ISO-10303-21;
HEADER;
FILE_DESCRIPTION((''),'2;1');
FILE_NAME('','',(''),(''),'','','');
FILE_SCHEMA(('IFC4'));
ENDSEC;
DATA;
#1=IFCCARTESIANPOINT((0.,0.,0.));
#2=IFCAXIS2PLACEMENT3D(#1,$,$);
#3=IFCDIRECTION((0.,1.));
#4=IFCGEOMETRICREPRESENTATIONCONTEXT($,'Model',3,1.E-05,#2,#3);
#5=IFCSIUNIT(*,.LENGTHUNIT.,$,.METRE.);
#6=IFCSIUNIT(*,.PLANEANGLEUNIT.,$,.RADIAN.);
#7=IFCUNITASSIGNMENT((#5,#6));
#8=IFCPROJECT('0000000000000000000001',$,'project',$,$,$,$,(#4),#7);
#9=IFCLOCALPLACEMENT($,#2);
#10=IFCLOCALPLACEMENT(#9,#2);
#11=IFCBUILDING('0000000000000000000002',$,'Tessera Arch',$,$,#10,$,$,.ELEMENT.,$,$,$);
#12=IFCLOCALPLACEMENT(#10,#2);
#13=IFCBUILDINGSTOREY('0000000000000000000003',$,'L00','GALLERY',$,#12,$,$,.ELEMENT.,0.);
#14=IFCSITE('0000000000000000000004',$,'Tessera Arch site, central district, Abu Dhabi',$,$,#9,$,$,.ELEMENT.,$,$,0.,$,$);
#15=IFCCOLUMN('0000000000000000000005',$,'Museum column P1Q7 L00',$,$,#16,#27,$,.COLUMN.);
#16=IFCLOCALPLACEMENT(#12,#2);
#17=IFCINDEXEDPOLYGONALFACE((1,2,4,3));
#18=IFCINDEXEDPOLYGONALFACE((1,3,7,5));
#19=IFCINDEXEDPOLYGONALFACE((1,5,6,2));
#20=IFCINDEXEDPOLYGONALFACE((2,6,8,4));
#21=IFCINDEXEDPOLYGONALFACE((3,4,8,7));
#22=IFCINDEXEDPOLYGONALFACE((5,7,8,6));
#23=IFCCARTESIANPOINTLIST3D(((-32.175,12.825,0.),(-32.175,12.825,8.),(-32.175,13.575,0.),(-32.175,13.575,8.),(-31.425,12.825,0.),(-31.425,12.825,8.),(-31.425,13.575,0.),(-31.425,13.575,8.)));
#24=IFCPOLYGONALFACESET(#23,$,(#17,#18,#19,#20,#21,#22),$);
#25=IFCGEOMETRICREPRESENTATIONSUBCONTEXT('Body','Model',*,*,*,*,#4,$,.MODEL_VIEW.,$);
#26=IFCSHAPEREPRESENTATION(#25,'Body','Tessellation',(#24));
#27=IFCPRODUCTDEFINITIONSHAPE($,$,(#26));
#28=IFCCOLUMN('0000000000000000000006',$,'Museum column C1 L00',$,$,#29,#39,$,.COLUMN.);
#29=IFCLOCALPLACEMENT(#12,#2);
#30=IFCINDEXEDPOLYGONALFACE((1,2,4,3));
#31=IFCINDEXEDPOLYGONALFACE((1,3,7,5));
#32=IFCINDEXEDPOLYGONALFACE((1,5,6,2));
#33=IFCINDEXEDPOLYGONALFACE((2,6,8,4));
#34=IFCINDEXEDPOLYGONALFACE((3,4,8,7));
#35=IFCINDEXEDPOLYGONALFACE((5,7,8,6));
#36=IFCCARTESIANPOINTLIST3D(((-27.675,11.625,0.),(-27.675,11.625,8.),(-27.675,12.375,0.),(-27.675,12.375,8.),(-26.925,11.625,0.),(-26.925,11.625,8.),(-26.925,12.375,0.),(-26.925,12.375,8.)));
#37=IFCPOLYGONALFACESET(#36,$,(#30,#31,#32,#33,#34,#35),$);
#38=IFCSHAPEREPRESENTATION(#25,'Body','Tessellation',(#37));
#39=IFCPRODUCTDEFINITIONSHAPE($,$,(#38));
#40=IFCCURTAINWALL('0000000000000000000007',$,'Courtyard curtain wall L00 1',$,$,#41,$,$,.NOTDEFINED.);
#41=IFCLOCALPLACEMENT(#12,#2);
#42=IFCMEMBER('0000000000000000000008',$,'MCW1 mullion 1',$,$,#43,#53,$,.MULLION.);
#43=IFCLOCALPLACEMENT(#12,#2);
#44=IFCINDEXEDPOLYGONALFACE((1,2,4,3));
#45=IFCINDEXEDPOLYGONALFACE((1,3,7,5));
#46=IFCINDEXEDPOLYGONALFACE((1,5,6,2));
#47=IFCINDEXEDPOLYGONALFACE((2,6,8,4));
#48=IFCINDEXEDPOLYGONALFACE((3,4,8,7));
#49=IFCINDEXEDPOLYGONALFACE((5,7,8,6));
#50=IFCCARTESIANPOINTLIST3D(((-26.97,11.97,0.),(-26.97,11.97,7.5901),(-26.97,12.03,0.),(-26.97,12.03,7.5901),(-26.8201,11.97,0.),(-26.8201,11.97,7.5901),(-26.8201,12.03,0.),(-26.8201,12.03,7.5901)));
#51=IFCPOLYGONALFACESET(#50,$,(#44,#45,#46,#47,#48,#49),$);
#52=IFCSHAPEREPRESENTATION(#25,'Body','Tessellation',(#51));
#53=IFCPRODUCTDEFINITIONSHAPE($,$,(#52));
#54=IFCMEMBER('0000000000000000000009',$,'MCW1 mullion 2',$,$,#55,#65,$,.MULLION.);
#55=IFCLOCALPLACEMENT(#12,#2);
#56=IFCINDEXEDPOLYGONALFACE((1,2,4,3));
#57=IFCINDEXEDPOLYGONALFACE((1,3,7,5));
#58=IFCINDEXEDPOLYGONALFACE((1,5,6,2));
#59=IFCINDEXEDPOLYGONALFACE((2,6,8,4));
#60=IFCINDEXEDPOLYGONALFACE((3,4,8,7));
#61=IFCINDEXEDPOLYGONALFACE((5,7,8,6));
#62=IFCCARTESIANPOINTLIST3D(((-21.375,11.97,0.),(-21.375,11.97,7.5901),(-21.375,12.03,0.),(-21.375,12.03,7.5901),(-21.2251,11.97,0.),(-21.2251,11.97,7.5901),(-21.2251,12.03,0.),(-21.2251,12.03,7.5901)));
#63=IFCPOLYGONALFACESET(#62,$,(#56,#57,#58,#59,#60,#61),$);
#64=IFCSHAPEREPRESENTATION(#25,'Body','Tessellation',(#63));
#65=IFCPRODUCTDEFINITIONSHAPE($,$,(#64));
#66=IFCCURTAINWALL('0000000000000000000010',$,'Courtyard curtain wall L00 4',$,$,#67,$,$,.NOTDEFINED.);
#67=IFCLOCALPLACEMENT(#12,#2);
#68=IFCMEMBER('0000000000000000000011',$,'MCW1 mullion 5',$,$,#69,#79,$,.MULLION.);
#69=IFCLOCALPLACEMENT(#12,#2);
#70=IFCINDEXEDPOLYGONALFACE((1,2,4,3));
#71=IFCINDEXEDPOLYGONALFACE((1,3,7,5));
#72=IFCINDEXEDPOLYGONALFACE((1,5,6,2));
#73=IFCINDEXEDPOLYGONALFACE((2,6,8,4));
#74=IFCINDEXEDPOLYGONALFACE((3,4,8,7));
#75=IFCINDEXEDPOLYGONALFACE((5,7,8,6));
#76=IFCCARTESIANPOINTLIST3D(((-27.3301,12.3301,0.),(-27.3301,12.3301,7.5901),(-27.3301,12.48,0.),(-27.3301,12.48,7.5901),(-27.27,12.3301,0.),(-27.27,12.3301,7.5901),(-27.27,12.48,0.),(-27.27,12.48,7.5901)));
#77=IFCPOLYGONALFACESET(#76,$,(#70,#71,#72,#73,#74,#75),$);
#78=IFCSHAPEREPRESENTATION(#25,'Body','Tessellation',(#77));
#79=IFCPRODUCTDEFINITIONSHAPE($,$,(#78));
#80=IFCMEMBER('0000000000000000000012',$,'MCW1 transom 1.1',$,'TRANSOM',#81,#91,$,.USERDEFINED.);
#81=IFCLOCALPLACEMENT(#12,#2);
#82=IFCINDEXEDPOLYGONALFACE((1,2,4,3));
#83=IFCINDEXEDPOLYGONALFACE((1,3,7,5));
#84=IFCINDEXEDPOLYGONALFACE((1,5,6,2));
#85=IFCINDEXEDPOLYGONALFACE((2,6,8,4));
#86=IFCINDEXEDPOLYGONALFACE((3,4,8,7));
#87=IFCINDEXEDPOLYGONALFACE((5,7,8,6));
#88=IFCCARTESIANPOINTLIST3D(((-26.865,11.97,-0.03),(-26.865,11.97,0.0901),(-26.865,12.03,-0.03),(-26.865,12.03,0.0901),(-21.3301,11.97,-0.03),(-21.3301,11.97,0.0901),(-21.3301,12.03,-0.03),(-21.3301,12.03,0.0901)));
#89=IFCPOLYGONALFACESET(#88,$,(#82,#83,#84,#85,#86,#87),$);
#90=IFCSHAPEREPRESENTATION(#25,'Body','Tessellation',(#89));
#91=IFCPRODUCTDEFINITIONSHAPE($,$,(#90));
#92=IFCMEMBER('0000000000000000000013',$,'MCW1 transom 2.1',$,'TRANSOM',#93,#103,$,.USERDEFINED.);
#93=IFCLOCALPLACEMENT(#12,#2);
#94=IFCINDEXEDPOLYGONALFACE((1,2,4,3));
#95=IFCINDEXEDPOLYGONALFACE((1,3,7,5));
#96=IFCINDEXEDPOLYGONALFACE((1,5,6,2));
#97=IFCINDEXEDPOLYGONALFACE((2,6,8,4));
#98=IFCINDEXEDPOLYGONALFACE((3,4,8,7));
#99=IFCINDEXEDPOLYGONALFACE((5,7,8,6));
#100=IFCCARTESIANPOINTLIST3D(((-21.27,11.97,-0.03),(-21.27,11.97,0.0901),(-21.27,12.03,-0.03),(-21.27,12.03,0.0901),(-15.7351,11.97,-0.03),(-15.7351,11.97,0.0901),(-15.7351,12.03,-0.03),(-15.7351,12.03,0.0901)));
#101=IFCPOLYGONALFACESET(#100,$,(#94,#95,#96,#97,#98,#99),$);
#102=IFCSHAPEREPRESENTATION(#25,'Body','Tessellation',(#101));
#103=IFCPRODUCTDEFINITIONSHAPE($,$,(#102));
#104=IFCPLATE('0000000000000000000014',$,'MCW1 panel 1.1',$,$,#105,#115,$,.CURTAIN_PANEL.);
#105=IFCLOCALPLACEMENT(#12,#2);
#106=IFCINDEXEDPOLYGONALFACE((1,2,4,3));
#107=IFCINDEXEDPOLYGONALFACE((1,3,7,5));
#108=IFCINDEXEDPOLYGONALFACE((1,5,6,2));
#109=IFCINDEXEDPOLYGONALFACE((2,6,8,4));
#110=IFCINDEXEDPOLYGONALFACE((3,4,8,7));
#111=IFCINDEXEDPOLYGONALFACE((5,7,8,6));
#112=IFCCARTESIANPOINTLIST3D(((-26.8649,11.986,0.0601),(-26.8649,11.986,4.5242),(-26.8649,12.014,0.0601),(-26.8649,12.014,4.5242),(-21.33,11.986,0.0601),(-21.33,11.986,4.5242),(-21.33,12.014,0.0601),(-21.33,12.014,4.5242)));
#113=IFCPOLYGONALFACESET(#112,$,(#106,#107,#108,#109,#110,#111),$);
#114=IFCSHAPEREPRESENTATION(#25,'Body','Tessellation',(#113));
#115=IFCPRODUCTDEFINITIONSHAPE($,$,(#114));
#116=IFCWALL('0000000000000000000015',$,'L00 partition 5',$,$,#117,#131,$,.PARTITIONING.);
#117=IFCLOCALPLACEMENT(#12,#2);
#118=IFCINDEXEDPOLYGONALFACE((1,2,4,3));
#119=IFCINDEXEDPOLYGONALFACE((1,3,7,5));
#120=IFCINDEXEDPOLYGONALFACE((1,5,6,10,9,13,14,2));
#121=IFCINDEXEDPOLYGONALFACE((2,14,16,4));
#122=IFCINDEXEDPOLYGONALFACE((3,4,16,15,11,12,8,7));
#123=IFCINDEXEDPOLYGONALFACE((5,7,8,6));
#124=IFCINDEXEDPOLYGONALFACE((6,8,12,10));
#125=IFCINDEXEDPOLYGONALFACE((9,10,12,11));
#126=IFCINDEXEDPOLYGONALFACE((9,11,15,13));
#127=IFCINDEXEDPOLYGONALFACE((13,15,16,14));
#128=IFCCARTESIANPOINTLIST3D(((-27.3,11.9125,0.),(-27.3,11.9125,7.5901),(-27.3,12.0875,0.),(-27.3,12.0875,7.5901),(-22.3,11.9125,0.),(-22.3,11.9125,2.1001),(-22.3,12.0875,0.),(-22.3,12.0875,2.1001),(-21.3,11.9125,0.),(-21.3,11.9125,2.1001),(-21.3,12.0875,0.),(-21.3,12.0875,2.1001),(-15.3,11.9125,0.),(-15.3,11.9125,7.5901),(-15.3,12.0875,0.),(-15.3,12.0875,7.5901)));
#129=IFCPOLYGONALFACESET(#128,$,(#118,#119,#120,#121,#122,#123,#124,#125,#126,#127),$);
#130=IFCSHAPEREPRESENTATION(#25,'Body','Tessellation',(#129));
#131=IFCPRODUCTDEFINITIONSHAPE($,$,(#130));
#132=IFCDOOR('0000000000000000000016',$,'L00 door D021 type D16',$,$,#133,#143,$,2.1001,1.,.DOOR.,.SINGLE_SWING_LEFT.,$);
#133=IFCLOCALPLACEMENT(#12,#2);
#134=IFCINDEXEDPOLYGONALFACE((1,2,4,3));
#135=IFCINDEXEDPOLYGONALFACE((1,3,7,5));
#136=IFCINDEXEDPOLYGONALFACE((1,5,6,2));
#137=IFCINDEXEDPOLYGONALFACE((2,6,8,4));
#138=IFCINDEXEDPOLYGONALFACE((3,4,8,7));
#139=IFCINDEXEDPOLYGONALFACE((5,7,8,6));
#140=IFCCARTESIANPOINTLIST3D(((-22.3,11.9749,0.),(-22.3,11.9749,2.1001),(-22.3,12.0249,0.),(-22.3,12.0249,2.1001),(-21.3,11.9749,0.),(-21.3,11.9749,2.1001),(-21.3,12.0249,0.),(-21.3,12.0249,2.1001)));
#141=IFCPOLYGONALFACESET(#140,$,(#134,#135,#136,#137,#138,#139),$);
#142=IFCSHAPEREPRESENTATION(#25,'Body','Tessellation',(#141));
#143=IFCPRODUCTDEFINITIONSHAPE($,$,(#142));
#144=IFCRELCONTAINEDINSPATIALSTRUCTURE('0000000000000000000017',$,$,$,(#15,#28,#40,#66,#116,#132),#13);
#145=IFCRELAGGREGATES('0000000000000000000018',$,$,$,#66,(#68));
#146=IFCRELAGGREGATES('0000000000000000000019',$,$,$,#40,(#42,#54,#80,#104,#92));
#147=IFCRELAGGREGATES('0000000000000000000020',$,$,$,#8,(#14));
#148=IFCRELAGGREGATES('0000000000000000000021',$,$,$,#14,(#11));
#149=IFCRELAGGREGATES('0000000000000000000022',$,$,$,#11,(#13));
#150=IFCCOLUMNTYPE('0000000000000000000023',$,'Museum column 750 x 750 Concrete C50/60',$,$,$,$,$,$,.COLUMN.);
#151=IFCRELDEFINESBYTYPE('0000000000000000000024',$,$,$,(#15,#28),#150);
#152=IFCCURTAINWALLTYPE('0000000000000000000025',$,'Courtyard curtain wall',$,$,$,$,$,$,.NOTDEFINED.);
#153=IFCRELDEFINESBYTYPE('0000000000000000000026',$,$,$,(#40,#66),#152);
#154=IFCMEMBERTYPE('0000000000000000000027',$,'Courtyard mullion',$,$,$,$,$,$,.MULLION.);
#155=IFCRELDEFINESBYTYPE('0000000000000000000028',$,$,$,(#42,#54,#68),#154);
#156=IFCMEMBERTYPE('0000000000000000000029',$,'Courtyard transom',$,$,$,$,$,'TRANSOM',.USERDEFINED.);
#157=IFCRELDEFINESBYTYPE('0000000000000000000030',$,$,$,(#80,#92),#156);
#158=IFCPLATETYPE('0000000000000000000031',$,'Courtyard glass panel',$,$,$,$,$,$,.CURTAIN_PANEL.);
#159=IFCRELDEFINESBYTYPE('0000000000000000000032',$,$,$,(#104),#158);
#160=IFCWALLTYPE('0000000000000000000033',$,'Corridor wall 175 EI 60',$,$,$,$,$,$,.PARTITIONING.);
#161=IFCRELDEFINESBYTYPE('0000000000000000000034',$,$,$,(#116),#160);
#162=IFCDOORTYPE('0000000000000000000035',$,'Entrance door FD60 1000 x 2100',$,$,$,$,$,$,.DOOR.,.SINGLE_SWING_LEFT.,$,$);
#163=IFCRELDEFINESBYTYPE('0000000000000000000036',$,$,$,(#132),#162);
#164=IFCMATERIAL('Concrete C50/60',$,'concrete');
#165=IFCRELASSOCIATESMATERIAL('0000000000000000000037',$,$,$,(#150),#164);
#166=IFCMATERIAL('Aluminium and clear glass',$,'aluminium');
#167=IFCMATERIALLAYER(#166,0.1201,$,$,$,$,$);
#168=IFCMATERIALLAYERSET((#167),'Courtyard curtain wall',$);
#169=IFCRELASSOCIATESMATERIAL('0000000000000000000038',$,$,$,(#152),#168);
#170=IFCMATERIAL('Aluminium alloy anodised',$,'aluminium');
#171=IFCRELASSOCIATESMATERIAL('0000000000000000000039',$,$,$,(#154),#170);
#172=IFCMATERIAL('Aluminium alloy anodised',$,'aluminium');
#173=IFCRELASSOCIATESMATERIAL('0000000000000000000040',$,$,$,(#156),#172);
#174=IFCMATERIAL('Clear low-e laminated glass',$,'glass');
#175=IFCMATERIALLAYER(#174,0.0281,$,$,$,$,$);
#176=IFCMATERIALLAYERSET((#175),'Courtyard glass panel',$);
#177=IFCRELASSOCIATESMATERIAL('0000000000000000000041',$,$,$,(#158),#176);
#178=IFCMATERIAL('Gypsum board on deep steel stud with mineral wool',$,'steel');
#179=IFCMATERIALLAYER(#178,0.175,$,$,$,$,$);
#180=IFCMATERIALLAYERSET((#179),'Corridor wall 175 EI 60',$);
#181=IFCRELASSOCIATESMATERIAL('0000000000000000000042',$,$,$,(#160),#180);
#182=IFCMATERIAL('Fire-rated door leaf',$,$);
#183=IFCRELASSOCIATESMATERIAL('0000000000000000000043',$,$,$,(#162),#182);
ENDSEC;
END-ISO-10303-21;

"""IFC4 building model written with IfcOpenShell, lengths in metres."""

from ifc_helpers import new_model, si_unit, direction, frame, frame_2d, origin, origin_2d, place, context, subcontext, project, spatial, rectangle, extrude, material, layer, layer_set, material_profile, profile_set, type_object, element, fill, aggregate, save


model = new_model("IFC4")

# Units and contexts
model_context = context("Model", 3, precision=1e-05, world=origin(), true_north=direction((0.0, 1.0)))
body_context = subcontext(model_context, "Body", "Model", "MODEL_VIEW")
ifc_project = project(units=[si_unit("LENGTHUNIT", "METRE"), si_unit("PLANEANGLEUNIT", "RADIAN")], contexts=[model_context])

# Site, building, storey
site_placement = place(None, origin())
site = spatial("IfcSite", under=ifc_project, at=site_placement, Name="Tessera Arch site, central district, Abu Dhabi", CompositionType="ELEMENT", RefElevation=0.0)
building_placement = place(site_placement, origin())
building = spatial("IfcBuilding", under=site, at=building_placement, Name="Tessera Arch", CompositionType="ELEMENT")
storey_placement = place(building_placement, origin())
storey = spatial("IfcBuildingStorey", under=building, at=storey_placement, Name="L00", Description="GALLERY", CompositionType="ELEMENT", Elevation=0.0)

# Columns
ifc_material_1 = material(Name="Concrete C50/60", Category="concrete")
ifc_material_profile_1 = material_profile(ifc_material_1, rectangle(XDim=0.75, YDim=0.75, at=origin_2d()), Name="Museum column 750 x 750 Concrete C50/60")
ifc_profile_set_1 = profile_set([ifc_material_profile_1], Name="Concrete C50/60")
column_type = type_object("IfcColumnType", Name="Museum column 750 x 750 Concrete C50/60", PredefinedType="COLUMN", material=ifc_profile_set_1)
for number, where, z_axis, x_axis, name in (
    (1, (-31.8, 13.2, 0.0), (0.0, 0.0, 1.0), (1.0, 0.0, 0.0), "Museum column P1Q7 L00"),
    (2, (-27.3, 12.0, 0.0), (0.0, 0.0, 1.0), (1.0, 0.0, 0.0), "Museum column C1 L00"),
):
    element("IfcColumn", number, at=place(storey_placement, frame(where, z_axis=z_axis, x_axis=x_axis)), inside=storey, type_object=column_type, Name=name, PredefinedType="COLUMN", context=body_context, shape_type="SweptSolid", body=[
        extrude(rectangle(XDim=0.75, YDim=0.75, at=origin_2d()), origin(), (0.0, 0.0, 1.0), 8.0),
    ])

# Curtain wall, members
ifc_material_2 = material(Name="Aluminium and clear glass", Category="aluminium")
ifc_layer_1 = layer(ifc_material_2, 0.1201)
ifc_layer_set_1 = layer_set([ifc_layer_1], Name="Courtyard curtain wall")
curtain_wall_type = type_object("IfcCurtainWallType", Name="Courtyard curtain wall", PredefinedType="NOTDEFINED", material=ifc_layer_set_1)
curtain_wall_1_placement = place(storey_placement, origin())
curtain_wall_1 = element("IfcCurtainWall", 3, at=curtain_wall_1_placement, inside=storey, type_object=curtain_wall_type, Name="Courtyard curtain wall L00 1", PredefinedType="NOTDEFINED")
ifc_material_3 = material(Name="Aluminium alloy anodised", Category="aluminium")
ifc_material_profile_2 = material_profile(ifc_material_3, rectangle(XDim=0.0601, YDim=0.1499, at=origin_2d()), Name="Courtyard mullion")
ifc_profile_set_2 = profile_set([ifc_material_profile_2], Name="Aluminium alloy anodised")
member_type_1 = type_object("IfcMemberType", Name="Courtyard mullion", PredefinedType="MULLION", material=ifc_profile_set_2)
member_1_placement = place(storey_placement, frame((-26.895, 12.0, 0.0), z_axis=(0.0, 0.0, 1.0), x_axis=(0.0, 1.0, 0.0)))
member_1 = element("IfcMember", 4, at=member_1_placement, type_object=member_type_1, Name="MCW1 mullion 1", PredefinedType="MULLION", context=body_context, shape_type="SweptSolid", body=[
    extrude(rectangle(XDim=0.0601, YDim=0.1499, at=origin_2d()), origin(), (0.0, 0.0, 1.0), 7.5901),
])
member_2_placement = place(storey_placement, frame((-21.3, 12.0, 0.0), z_axis=(0.0, 0.0, 1.0), x_axis=(0.0, 1.0, 0.0)))
member_2 = element("IfcMember", 5, at=member_2_placement, type_object=member_type_1, Name="MCW1 mullion 2", PredefinedType="MULLION", context=body_context, shape_type="SweptSolid", body=[
    extrude(rectangle(XDim=0.0601, YDim=0.1499, at=origin_2d()), origin(), (0.0, 0.0, 1.0), 7.5901),
])

# Curtain wall, member
curtain_wall_2_placement = place(storey_placement, origin())
curtain_wall_2 = element("IfcCurtainWall", 6, at=curtain_wall_2_placement, inside=storey, type_object=curtain_wall_type, Name="Courtyard curtain wall L00 4", PredefinedType="NOTDEFINED")
member_3_placement = place(storey_placement, frame((-27.3, 12.405, 0.0), z_axis=(0.0, 0.0, 1.0), x_axis=(1.0, 0.0, 0.0)))
member_3 = element("IfcMember", 7, at=member_3_placement, type_object=member_type_1, Name="MCW1 mullion 5", PredefinedType="MULLION", context=body_context, shape_type="SweptSolid", body=[
    extrude(rectangle(XDim=0.0601, YDim=0.1499, at=origin_2d()), origin(), (0.0, 0.0, 1.0), 7.5901),
])
aggregate(curtain_wall_2, [member_3])

# Members
ifc_material_4 = material(Name="Aluminium alloy anodised", Category="aluminium")
ifc_material_profile_3 = material_profile(ifc_material_4, rectangle(XDim=0.0601, YDim=0.1201, at=origin_2d()), Name="Courtyard transom")
ifc_profile_set_3 = profile_set([ifc_material_profile_3], Name="Aluminium alloy anodised")
member_type_2 = type_object("IfcMemberType", Name="Courtyard transom", ElementType="TRANSOM", PredefinedType="USERDEFINED", material=ifc_profile_set_3)
member_4_placement = place(storey_placement, frame((-26.865, 12.0, 0.03), z_axis=(1.0, 0.0, 0.0), x_axis=(0.0, 1.0, 0.0)))
member_4 = element("IfcMember", 8, at=member_4_placement, type_object=member_type_2, Name="MCW1 transom 1.1", ObjectType="TRANSOM", PredefinedType="USERDEFINED", context=body_context, shape_type="SweptSolid", body=[
    extrude(rectangle(XDim=0.0601, YDim=0.1201, at=origin_2d()), origin(), (0.0, 0.0, 1.0), 5.5349),
])
member_5_placement = place(storey_placement, frame((-21.27, 12.0, 0.03), z_axis=(1.0, 0.0, 0.0), x_axis=(0.0, 1.0, 0.0)))
member_5 = element("IfcMember", 9, at=member_5_placement, type_object=member_type_2, Name="MCW1 transom 2.1", ObjectType="TRANSOM", PredefinedType="USERDEFINED", context=body_context, shape_type="SweptSolid", body=[
    extrude(rectangle(XDim=0.0601, YDim=0.1201, at=origin_2d()), origin(), (0.0, 0.0, 1.0), 5.5349),
])

# Plate
ifc_material_5 = material(Name="Clear low-e laminated glass", Category="glass")
ifc_layer_2 = layer(ifc_material_5, 0.0281)
ifc_layer_set_2 = layer_set([ifc_layer_2], Name="Courtyard glass panel")
plate_type = type_object("IfcPlateType", Name="Courtyard glass panel", PredefinedType="CURTAIN_PANEL", material=ifc_layer_set_2)
plate_placement = place(storey_placement, frame((-24.0974, 12.0, 0.0601), z_axis=(0.0, 0.0, 1.0), x_axis=(1.0, 0.0, 0.0)))
plate = element("IfcPlate", 10, at=plate_placement, type_object=plate_type, Name="MCW1 panel 1.1", PredefinedType="CURTAIN_PANEL", context=body_context, shape_type="SweptSolid", body=[
    extrude(rectangle(XDim=5.5349, YDim=0.0281, at=origin_2d()), origin(), (0.0, 0.0, 1.0), 4.4641),
])
aggregate(curtain_wall_1, [member_1, member_2, member_4, plate, member_5])

# Wall, opening, door
ifc_material_6 = material(Name="Gypsum board on deep steel stud with mineral wool", Category="steel")
ifc_layer_3 = layer(ifc_material_6, 0.175)
ifc_layer_set_3 = layer_set([ifc_layer_3], Name="Corridor wall 175 EI 60")
wall_type_1 = type_object("IfcWallType", Name="Corridor wall 175 EI 60", PredefinedType="PARTITIONING", material=ifc_layer_set_3)
wall_1_placement = place(storey_placement, frame((-27.3, 12.0, 0.0), z_axis=(0.0, 0.0, 1.0), x_axis=(1.0, 0.0, 0.0)))
wall_1 = element("IfcWall", 11, at=wall_1_placement, inside=storey, type_object=wall_type_1, Name="L00 partition 5", PredefinedType="PARTITIONING", context=body_context, shape_type="SweptSolid", body=[
    extrude(rectangle(XDim=12.0, YDim=0.175, at=frame_2d((6.0, 0.0))), origin(), (0.0, 0.0, 1.0), 7.5901),
])
opening_1_placement = place(wall_1_placement, frame((5.0, 0.0, 0.0)))
opening_1 = element("IfcOpeningElement", 12, at=opening_1_placement, cuts=wall_1, PredefinedType="OPENING", context=body_context, shape_type="SweptSolid", body=[
    extrude(rectangle(XDim=1.0, YDim=2.1001, at=frame_2d((0.5, 1.05))), frame((0.0, 0.0974, 0.0), z_axis=(0.0, -1.0, 0.0), x_axis=(1.0, 0.0, 0.0)), (0.0, 0.0, 1.0), 0.1951),
])
ifc_material_7 = material(Name="Fire-rated door leaf")
door_type_1 = type_object("IfcDoorType", Name="Entrance door FD60 1000 x 2100", OperationType="SINGLE_SWING_LEFT", PredefinedType="DOOR", material=ifc_material_7)
door_1_placement = place(opening_1_placement, origin())
door_1 = element("IfcDoor", 13, at=door_1_placement, inside=storey, type_object=door_type_1, Name="L00 door D021 type D16", OperationType="SINGLE_SWING_LEFT", OverallHeight=2.1001, OverallWidth=1.0, PredefinedType="DOOR", context=body_context, shape_type="SweptSolid", body=[
    extrude(rectangle(XDim=1.0, YDim=2.1001, at=frame_2d((0.5, 1.05))), frame((0.0, 0.0249, 0.0), z_axis=(0.0, -1.0, 0.0), x_axis=(1.0, 0.0, 0.0)), (0.0, 0.0, 1.0), 0.05),
])
fill(opening_1, door_1)

save(model, "model.ifc")
